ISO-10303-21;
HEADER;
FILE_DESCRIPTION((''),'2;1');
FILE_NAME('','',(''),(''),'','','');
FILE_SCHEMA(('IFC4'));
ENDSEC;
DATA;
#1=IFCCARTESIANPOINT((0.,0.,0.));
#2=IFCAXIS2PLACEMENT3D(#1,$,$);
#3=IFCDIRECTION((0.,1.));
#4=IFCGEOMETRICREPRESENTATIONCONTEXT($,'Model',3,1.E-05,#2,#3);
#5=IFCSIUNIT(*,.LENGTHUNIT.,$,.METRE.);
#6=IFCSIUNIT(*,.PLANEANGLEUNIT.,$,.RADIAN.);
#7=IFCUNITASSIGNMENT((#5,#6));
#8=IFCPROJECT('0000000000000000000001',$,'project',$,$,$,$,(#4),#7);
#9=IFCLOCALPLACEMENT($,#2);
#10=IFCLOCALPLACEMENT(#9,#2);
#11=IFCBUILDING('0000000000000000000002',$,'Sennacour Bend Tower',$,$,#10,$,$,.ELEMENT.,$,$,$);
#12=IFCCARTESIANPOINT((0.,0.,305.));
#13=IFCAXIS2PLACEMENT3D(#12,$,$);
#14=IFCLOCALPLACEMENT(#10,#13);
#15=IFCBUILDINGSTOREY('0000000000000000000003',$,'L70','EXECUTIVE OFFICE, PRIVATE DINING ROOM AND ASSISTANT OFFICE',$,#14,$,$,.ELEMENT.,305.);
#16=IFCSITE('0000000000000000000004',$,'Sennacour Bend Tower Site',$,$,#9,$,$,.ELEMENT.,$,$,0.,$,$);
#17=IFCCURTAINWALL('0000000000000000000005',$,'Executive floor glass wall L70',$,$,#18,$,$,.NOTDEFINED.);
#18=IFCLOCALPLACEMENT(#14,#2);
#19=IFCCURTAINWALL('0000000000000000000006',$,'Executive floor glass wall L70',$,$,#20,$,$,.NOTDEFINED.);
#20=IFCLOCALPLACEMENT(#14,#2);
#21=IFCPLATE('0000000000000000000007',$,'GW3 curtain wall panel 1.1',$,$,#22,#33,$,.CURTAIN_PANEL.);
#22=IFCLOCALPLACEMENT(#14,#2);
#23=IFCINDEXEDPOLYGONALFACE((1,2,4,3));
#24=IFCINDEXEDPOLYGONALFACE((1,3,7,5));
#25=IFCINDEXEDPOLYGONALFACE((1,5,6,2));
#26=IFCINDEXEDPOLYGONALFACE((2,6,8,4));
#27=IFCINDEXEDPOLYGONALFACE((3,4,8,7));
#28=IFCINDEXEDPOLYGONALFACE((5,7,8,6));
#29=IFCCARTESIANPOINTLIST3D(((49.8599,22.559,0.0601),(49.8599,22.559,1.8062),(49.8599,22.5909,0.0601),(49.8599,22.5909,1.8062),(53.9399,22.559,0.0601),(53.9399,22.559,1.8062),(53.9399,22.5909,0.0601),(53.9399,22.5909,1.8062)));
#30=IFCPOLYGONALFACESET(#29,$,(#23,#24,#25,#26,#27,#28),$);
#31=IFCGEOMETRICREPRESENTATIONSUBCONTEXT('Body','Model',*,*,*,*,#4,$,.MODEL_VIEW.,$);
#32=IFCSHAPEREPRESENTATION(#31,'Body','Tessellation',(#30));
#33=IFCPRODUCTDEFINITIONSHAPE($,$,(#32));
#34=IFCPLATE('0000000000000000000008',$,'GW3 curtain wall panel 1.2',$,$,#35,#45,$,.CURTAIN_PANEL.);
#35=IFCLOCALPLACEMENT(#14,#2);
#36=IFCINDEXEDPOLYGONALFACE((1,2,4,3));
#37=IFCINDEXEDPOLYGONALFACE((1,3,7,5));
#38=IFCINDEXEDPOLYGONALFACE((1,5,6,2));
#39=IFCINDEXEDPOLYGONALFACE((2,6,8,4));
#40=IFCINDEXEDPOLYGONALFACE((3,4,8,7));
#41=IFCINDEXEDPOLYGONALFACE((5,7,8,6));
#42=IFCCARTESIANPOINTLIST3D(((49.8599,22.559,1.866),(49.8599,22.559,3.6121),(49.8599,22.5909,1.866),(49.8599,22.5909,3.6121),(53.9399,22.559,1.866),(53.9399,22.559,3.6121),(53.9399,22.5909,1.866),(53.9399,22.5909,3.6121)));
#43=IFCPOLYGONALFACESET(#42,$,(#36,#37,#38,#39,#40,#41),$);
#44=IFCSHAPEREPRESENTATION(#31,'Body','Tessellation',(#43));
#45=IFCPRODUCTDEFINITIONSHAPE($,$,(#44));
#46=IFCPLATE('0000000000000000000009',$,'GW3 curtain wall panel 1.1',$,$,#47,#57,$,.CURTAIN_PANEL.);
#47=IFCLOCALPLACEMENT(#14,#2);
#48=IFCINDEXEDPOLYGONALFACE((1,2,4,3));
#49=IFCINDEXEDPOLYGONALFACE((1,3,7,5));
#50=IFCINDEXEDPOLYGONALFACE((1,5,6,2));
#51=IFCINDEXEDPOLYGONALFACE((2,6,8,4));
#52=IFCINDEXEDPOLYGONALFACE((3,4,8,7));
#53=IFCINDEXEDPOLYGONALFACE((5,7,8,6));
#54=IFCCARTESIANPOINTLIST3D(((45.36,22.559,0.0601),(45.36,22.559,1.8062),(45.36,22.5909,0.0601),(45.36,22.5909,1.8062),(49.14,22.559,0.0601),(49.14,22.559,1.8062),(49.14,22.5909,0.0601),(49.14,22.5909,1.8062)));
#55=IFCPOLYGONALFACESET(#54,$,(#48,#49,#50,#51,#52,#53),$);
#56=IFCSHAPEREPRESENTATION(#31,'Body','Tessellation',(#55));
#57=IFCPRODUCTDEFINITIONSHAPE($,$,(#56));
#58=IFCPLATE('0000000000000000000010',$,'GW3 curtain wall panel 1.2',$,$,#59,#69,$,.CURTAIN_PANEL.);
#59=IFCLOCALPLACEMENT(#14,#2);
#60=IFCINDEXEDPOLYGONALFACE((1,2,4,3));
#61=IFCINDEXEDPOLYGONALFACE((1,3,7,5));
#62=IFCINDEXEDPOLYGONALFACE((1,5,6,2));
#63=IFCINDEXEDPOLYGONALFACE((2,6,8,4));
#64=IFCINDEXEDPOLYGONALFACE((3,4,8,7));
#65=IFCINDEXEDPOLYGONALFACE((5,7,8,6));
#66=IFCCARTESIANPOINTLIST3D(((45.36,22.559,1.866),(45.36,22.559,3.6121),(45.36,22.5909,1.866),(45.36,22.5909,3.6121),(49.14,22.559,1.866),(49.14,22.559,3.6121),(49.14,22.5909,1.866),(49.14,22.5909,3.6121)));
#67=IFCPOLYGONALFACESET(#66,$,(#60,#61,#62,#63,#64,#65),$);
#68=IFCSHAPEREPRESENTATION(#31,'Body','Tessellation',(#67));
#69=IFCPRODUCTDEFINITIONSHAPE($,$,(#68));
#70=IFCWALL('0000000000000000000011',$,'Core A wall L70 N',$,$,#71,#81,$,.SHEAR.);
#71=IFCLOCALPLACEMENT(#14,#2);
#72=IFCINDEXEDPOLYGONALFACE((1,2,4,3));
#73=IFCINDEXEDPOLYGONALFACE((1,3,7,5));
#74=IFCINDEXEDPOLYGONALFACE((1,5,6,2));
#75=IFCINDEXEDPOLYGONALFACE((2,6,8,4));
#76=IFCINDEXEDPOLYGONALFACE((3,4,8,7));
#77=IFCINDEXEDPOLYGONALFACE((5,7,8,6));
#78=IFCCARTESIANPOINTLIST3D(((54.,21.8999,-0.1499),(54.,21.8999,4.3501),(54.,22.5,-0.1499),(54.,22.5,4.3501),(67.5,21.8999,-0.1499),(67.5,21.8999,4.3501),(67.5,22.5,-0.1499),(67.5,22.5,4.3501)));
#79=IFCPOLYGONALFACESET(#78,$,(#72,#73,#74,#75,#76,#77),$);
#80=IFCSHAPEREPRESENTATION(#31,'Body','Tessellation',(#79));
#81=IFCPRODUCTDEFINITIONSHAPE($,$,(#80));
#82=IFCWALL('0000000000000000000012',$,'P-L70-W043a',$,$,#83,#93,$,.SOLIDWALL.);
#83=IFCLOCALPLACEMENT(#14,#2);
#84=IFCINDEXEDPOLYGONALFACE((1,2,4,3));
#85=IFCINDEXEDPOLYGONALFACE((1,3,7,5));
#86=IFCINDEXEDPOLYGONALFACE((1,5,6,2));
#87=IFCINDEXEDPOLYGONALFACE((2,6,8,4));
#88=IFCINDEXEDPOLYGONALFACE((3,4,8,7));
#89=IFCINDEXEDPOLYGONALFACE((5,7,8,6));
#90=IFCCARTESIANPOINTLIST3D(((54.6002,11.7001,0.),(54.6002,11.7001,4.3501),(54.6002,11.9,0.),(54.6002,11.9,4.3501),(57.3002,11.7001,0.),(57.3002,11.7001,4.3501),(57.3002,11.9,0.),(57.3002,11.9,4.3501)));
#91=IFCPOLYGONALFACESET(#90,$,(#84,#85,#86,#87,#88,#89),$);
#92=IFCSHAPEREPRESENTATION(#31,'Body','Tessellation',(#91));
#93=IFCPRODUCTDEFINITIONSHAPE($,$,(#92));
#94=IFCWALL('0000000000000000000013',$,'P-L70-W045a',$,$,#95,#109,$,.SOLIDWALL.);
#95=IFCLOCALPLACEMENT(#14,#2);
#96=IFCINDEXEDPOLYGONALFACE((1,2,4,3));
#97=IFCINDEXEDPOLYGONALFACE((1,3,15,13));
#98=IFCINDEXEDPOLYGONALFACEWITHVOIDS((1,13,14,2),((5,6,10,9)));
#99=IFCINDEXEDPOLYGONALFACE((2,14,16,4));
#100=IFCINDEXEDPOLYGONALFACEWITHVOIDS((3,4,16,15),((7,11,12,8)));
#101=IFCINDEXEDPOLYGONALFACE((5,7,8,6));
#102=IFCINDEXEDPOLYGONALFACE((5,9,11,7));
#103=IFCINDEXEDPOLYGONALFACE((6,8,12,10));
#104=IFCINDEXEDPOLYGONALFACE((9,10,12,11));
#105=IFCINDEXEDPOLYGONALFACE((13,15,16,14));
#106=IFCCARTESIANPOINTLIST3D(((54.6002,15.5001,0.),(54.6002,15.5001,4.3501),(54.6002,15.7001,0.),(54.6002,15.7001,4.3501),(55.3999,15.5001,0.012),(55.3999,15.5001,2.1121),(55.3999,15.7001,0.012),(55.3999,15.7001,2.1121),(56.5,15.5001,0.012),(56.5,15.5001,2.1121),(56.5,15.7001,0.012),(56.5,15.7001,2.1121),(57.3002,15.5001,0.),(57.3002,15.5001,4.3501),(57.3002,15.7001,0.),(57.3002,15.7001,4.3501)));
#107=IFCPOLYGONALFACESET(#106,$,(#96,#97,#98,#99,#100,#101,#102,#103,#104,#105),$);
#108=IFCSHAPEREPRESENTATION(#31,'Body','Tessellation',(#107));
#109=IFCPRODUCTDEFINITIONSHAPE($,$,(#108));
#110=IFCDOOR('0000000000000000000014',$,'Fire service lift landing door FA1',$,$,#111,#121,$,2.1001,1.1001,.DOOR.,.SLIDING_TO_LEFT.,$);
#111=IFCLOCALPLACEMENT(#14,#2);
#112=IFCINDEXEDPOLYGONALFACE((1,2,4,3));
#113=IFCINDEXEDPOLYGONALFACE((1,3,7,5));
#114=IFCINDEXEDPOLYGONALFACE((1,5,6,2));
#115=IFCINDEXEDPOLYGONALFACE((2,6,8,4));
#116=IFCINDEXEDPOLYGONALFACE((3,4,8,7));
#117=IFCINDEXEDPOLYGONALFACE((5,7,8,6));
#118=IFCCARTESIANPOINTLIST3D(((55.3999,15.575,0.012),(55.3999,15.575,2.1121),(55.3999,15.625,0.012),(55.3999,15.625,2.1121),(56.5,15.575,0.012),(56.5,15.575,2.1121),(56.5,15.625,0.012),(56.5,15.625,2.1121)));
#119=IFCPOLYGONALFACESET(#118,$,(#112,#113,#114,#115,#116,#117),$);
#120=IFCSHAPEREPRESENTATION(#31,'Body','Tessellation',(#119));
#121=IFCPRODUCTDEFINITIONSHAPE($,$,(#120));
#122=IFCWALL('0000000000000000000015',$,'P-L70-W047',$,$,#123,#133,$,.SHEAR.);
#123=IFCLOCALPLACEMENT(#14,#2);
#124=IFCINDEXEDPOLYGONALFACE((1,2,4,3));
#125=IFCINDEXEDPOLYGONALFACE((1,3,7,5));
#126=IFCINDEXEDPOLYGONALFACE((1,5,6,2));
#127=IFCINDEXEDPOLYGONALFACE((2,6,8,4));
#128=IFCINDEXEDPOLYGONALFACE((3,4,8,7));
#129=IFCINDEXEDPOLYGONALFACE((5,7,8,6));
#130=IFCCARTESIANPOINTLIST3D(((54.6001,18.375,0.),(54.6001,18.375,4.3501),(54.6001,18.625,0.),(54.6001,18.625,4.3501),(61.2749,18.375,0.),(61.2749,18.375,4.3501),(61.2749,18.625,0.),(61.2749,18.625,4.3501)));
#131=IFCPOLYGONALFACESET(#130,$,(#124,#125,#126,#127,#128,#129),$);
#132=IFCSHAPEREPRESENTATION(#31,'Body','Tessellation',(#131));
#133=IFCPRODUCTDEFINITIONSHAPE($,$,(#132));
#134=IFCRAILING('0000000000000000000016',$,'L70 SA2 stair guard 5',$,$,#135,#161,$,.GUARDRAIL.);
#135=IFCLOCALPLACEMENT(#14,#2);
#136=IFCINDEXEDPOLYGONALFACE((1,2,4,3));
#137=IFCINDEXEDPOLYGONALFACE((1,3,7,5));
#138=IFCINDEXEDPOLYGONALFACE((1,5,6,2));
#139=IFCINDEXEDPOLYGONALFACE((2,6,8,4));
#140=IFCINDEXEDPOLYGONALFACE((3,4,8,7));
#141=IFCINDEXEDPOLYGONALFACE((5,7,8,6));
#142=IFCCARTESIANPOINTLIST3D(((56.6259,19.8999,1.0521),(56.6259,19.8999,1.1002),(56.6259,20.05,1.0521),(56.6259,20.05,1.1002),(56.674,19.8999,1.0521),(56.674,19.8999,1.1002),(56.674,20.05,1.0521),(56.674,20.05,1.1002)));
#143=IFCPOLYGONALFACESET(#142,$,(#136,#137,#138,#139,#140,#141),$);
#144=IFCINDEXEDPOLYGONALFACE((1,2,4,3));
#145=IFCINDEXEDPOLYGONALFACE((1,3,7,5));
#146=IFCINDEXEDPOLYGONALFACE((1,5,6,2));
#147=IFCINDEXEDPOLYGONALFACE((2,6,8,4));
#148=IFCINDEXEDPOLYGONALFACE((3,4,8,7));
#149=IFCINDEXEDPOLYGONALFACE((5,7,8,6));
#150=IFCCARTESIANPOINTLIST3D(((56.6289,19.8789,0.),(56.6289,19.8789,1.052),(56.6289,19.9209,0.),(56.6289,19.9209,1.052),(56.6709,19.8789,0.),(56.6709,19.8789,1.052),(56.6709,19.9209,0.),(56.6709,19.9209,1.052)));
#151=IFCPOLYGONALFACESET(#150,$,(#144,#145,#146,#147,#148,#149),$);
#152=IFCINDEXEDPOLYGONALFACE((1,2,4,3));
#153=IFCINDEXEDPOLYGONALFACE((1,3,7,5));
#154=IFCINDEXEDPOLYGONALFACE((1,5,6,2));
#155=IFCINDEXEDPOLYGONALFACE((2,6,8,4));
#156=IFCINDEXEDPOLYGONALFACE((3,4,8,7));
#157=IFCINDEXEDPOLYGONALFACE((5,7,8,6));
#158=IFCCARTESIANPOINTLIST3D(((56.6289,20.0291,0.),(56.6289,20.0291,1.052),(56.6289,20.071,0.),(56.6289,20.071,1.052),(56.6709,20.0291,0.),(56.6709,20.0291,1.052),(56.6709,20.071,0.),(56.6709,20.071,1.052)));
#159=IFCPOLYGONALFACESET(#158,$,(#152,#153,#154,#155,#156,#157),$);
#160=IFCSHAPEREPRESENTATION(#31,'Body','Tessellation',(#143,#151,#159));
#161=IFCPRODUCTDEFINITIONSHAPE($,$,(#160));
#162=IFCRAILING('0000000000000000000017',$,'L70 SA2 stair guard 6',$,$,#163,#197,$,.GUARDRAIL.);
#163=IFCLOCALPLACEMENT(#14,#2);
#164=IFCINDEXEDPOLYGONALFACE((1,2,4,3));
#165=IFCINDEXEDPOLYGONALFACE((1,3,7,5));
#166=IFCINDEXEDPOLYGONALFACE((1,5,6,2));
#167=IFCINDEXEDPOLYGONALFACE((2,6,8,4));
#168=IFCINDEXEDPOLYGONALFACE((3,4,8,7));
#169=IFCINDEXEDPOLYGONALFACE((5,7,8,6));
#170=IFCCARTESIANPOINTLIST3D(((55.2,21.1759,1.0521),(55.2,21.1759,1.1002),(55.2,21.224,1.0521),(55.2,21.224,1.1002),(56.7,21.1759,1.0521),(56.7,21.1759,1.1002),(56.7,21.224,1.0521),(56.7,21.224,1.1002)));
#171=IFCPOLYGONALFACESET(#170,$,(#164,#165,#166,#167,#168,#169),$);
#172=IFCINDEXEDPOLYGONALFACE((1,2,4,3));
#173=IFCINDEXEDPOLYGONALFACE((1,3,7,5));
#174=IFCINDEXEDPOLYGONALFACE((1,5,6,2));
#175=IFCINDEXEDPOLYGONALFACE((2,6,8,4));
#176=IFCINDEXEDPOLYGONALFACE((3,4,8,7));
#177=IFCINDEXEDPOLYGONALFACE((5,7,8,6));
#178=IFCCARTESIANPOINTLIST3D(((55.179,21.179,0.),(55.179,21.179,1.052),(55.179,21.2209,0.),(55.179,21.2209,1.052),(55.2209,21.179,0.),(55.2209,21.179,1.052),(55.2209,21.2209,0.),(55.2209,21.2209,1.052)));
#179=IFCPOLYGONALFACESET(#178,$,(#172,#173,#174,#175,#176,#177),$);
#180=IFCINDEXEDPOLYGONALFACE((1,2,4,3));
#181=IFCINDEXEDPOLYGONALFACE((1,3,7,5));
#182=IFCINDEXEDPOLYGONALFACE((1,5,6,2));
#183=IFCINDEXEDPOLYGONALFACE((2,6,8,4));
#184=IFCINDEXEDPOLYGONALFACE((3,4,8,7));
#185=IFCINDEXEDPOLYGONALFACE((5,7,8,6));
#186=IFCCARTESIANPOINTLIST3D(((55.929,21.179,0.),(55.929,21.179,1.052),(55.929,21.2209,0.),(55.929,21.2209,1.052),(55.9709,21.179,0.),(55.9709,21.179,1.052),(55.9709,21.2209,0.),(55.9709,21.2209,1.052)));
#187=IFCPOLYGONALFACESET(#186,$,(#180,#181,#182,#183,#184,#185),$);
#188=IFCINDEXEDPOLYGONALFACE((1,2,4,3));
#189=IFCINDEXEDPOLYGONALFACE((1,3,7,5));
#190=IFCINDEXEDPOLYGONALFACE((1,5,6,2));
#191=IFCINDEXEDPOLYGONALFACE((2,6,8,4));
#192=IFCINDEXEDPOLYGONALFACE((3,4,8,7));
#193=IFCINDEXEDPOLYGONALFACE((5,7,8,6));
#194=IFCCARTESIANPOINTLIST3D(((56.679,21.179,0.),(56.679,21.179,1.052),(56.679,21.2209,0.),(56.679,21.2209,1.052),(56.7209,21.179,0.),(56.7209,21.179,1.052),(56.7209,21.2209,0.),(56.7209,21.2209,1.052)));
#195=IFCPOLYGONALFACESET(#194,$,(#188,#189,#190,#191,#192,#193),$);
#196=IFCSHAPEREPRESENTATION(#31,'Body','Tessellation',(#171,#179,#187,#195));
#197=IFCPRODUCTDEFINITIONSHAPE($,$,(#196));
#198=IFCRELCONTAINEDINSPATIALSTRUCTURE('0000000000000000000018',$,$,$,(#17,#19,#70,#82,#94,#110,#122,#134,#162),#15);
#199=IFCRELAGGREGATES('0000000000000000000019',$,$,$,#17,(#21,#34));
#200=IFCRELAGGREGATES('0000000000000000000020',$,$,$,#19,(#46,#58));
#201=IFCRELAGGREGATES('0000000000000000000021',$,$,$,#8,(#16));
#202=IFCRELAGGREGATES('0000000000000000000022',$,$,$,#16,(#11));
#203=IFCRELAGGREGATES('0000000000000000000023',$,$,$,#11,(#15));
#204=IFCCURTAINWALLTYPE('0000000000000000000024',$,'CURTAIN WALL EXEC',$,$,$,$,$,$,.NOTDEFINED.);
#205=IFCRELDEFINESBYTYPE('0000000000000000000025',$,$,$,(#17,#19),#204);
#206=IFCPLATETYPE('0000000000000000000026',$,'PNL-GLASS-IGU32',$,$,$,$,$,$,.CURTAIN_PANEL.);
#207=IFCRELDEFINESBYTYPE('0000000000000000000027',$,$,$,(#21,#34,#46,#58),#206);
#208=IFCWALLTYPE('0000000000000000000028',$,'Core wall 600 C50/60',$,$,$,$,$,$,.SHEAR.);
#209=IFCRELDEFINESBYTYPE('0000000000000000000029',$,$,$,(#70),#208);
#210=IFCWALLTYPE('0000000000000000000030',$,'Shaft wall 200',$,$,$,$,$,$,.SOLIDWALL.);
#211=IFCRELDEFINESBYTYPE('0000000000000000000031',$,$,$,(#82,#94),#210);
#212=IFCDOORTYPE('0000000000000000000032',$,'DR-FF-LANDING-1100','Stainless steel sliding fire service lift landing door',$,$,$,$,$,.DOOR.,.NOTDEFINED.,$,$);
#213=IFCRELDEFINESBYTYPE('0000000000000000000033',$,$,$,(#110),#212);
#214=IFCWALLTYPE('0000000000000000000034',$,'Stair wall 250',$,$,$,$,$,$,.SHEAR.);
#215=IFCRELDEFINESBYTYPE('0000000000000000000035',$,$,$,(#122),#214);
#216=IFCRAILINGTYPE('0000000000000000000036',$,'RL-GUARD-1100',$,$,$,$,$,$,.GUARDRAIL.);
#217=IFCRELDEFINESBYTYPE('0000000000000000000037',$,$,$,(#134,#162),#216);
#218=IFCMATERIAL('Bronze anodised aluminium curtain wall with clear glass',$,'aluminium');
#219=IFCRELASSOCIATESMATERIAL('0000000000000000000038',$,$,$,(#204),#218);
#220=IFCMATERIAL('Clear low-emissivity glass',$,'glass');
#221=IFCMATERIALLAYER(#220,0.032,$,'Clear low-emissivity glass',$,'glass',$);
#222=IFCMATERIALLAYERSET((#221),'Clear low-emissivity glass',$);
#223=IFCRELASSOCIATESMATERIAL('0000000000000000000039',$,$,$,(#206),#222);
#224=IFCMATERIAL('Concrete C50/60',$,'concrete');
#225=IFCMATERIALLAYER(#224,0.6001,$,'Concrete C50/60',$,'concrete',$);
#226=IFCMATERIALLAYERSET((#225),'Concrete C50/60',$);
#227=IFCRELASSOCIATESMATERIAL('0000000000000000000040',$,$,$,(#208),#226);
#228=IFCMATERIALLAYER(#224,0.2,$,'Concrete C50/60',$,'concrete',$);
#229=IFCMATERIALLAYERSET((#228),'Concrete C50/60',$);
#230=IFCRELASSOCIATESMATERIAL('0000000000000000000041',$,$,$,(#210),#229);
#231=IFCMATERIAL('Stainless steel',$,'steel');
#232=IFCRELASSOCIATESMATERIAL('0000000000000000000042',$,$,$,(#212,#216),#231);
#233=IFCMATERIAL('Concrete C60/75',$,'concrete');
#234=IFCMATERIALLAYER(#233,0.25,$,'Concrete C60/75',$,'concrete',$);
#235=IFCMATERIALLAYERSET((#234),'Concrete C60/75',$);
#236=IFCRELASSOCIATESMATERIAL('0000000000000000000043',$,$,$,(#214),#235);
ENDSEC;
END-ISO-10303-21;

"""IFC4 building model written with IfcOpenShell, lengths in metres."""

from ifc_helpers import new_model, si_unit, direction, frame, frame_2d, origin, origin_2d, place, context, subcontext, project, spatial, rectangle, extrude, material, layer, layer_set, type_object, element, fill, aggregate, save


model = new_model("IFC4")

# Units and contexts
model_context = context("Model", 3, precision=1e-05, world=origin(), true_north=direction((0.0, 1.0)))
body_context = subcontext(model_context, "Body", "Model", "MODEL_VIEW")
ifc_project = project(units=[si_unit("LENGTHUNIT", "METRE"), si_unit("PLANEANGLEUNIT", "RADIAN")], contexts=[model_context])

# Site, building, storey
site_placement = place(None, origin())
site = spatial("IfcSite", under=ifc_project, at=site_placement, Name="Sennacour Bend Tower Site", CompositionType="ELEMENT", RefElevation=0.0)
building_placement = place(site_placement, origin())
building = spatial("IfcBuilding", under=site, at=building_placement, Name="Sennacour Bend Tower", CompositionType="ELEMENT")
storey_placement = place(building_placement, frame((0.0, 0.0, 305.0)))
storey = spatial("IfcBuildingStorey", under=building, at=storey_placement, Name="L70", Description="EXECUTIVE OFFICE, PRIVATE DINING ROOM AND ASSISTANT OFFICE", CompositionType="ELEMENT", Elevation=305.0)

# Curtain wall
ifc_material_1 = material(Name="Bronze anodised aluminium curtain wall with clear glass", Category="aluminium")
curtain_wall_type = type_object("IfcCurtainWallType", Name="CURTAIN WALL EXEC", PredefinedType="NOTDEFINED", material=ifc_material_1)
curtain_wall_1_placement = place(storey_placement, origin())
curtain_wall_1 = element("IfcCurtainWall", 1, at=curtain_wall_1_placement, inside=storey, type_object=curtain_wall_type, Name="Executive floor glass wall L70", PredefinedType="NOTDEFINED")

# Curtain wall
curtain_wall_2_placement = place(storey_placement, origin())
curtain_wall_2 = element("IfcCurtainWall", 2, at=curtain_wall_2_placement, inside=storey, type_object=curtain_wall_type, Name="Executive floor glass wall L70", PredefinedType="NOTDEFINED")

# Plates
ifc_material_2 = material(Name="Clear low-emissivity glass", Category="glass")
ifc_layer_1 = layer(ifc_material_2, 0.032, Name="Clear low-emissivity glass", Category="glass")
ifc_layer_set_1 = layer_set([ifc_layer_1], Name="Clear low-emissivity glass")
plate_type = type_object("IfcPlateType", Name="PNL-GLASS-IGU32", PredefinedType="CURTAIN_PANEL", material=ifc_layer_set_1)
plate_1_placement = place(storey_placement, frame((51.8999, 22.575, 0.0601), z_axis=(0.0, 0.0, 1.0), x_axis=(-1.0, 0.0, 0.0)))
plate_1 = element("IfcPlate", 3, at=plate_1_placement, type_object=plate_type, Name="GW3 curtain wall panel 1.1", PredefinedType="CURTAIN_PANEL", context=body_context, shape_type="SweptSolid", body=[
    extrude(rectangle(XDim=4.0801, YDim=0.032, at=origin_2d()), origin(), (0.0, 0.0, 1.0), 1.7461),
])
plate_2_placement = place(storey_placement, frame((51.8999, 22.575, 1.866), z_axis=(0.0, 0.0, 1.0), x_axis=(-1.0, 0.0, 0.0)))
plate_2 = element("IfcPlate", 4, at=plate_2_placement, type_object=plate_type, Name="GW3 curtain wall panel 1.2", PredefinedType="CURTAIN_PANEL", context=body_context, shape_type="SweptSolid", body=[
    extrude(rectangle(XDim=4.0801, YDim=0.032, at=origin_2d()), origin(), (0.0, 0.0, 1.0), 1.7461),
])
aggregate(curtain_wall_1, [plate_1, plate_2])
plate_3_placement = place(storey_placement, frame((47.25, 22.575, 0.0601), z_axis=(0.0, 0.0, 1.0), x_axis=(-1.0, 0.0, 0.0)))
plate_3 = element("IfcPlate", 5, at=plate_3_placement, type_object=plate_type, Name="GW3 curtain wall panel 1.1", PredefinedType="CURTAIN_PANEL", context=body_context, shape_type="SweptSolid", body=[
    extrude(rectangle(XDim=3.78, YDim=0.032, at=origin_2d()), origin(), (0.0, 0.0, 1.0), 1.7461),
])
plate_4_placement = place(storey_placement, frame((47.25, 22.575, 1.866), z_axis=(0.0, 0.0, 1.0), x_axis=(-1.0, 0.0, 0.0)))
plate_4 = element("IfcPlate", 6, at=plate_4_placement, type_object=plate_type, Name="GW3 curtain wall panel 1.2", PredefinedType="CURTAIN_PANEL", context=body_context, shape_type="SweptSolid", body=[
    extrude(rectangle(XDim=3.78, YDim=0.032, at=origin_2d()), origin(), (0.0, 0.0, 1.0), 1.7461),
])
aggregate(curtain_wall_2, [plate_3, plate_4])

# Walls
ifc_material_3 = material(Name="Concrete C50/60", Category="concrete")
ifc_layer_2 = layer(ifc_material_3, 0.6001, Name="Concrete C50/60", Category="concrete")
ifc_layer_set_2 = layer_set([ifc_layer_2], Name="Concrete C50/60")
wall_type_1 = type_object("IfcWallType", Name="Core wall 600 C50/60", PredefinedType="SHEAR", material=ifc_layer_set_2)
wall_1_placement = place(storey_placement, frame((54.0, 22.2, -0.1499), z_axis=(0.0, 0.0, 1.0), x_axis=(1.0, 0.0, 0.0)))
element("IfcWall", 7, at=wall_1_placement, inside=storey, type_object=wall_type_1, Name="Core A wall L70 N", PredefinedType="SHEAR", context=body_context, shape_type="SweptSolid", body=[
    extrude(rectangle(XDim=13.5, YDim=0.6001, at=frame_2d((6.75, 0.0))), origin(), (0.0, 0.0, 1.0), 4.5),
])
ifc_layer_3 = layer(ifc_material_3, 0.2, Name="Concrete C50/60", Category="concrete")
ifc_layer_set_3 = layer_set([ifc_layer_3], Name="Concrete C50/60")
wall_type_2 = type_object("IfcWallType", Name="Shaft wall 200", PredefinedType="SOLIDWALL", material=ifc_layer_set_3)
wall_2_placement = place(storey_placement, frame((54.6001, 11.8, 0.0), z_axis=(0.0, 0.0, 1.0), x_axis=(1.0, 0.0, 0.0)))
element("IfcWall", 8, at=wall_2_placement, inside=storey, type_object=wall_type_2, Name="P-L70-W043a", PredefinedType="SOLIDWALL", context=body_context, shape_type="SweptSolid", body=[
    extrude(rectangle(XDim=2.7, YDim=0.2, at=frame_2d((1.3501, 0.0))), origin(), (0.0, 0.0, 1.0), 4.3501),
])

# Wall, opening, door
wall_3_placement = place(storey_placement, frame((54.6001, 15.6001, 0.0), z_axis=(0.0, 0.0, 1.0), x_axis=(1.0, 0.0, 0.0)))
wall_3 = element("IfcWall", 9, at=wall_3_placement, inside=storey, type_object=wall_type_2, Name="P-L70-W045a", PredefinedType="SOLIDWALL", context=body_context, shape_type="SweptSolid", body=[
    extrude(rectangle(XDim=2.7, YDim=0.2, at=frame_2d((1.3501, 0.0))), origin(), (0.0, 0.0, 1.0), 4.3501),
])
opening_placement = place(wall_3_placement, frame((0.7998, 0.0, 0.012)))
opening = element("IfcOpeningElement", 10, at=opening_placement, cuts=wall_3, PredefinedType="OPENING", context=body_context, shape_type="SweptSolid", body=[
    extrude(rectangle(XDim=1.1001, YDim=2.1001, at=frame_2d((0.55, 1.05))), frame((0.0, 0.1099, 0.0), z_axis=(0.0, -1.0, 0.0), x_axis=(1.0, 0.0, 0.0)), (0.0, 0.0, 1.0), 0.22),
])
ifc_material_4 = material(Name="Stainless steel", Category="steel")
door_type = type_object("IfcDoorType", Name="DR-FF-LANDING-1100", Description="Stainless steel sliding fire service lift landing door", OperationType="NOTDEFINED", PredefinedType="DOOR", material=ifc_material_4)
door_placement = place(opening_placement, origin())
door = element("IfcDoor", 11, at=door_placement, inside=storey, type_object=door_type, Name="Fire service lift landing door FA1", OperationType="SLIDING_TO_LEFT", OverallHeight=2.1001, OverallWidth=1.1001, PredefinedType="DOOR", context=body_context, shape_type="SweptSolid", body=[
    extrude(rectangle(XDim=1.1001, YDim=2.1001, at=frame_2d((0.55, 1.05))), frame((0.0, 0.0249, 0.0), z_axis=(0.0, -1.0, 0.0), x_axis=(1.0, 0.0, 0.0)), (0.0, 0.0, 1.0), 0.05),
])
fill(opening, door)

# Wall
ifc_material_5 = material(Name="Concrete C60/75", Category="concrete")
ifc_layer_4 = layer(ifc_material_5, 0.25, Name="Concrete C60/75", Category="concrete")
ifc_layer_set_4 = layer_set([ifc_layer_4], Name="Concrete C60/75")
wall_type_3 = type_object("IfcWallType", Name="Stair wall 250", PredefinedType="SHEAR", material=ifc_layer_set_4)
wall_4_placement = place(storey_placement, frame((54.6001, 18.5, 0.0), z_axis=(0.0, 0.0, 1.0), x_axis=(1.0, 0.0, 0.0)))
element("IfcWall", 12, at=wall_4_placement, inside=storey, type_object=wall_type_3, Name="P-L70-W047", PredefinedType="SHEAR", context=body_context, shape_type="SweptSolid", body=[
    extrude(rectangle(XDim=6.6748, YDim=0.25, at=frame_2d((3.3374, 0.0))), origin(), (0.0, 0.0, 1.0), 4.3501),
])

# Railings
railing_type_1 = type_object("IfcRailingType", Name="RL-GUARD-1100", PredefinedType="GUARDRAIL", material=ifc_material_4)
railing_1_placement = place(storey_placement, frame((56.6499, 19.8999, 0.0)))
element("IfcRailing", 13, at=railing_1_placement, inside=storey, type_object=railing_type_1, Name="L70 SA2 stair guard 5", PredefinedType="GUARDRAIL", context=body_context, shape_type="SweptSolid", body=[
    extrude(rectangle(XDim=0.0481, YDim=0.0481, at=origin_2d()), frame((0.0, 0.0, 1.0762), z_axis=(0.0, 1.0, 0.0), x_axis=(-1.0, 0.0, 0.0)), (0.0, 0.0, 1.0), 0.1501),
    extrude(rectangle(XDim=0.042, YDim=0.042, at=origin_2d()), origin(), (0.0, 0.0, 1.0), 1.052),
    extrude(rectangle(XDim=0.042, YDim=0.042, at=origin_2d()), frame((0.0, 0.1501, 0.0)), (0.0, 0.0, 1.0), 1.052),
])
railing_2_placement = place(storey_placement, frame((55.2, 21.2, 0.0)))
element("IfcRailing", 14, at=railing_2_placement, inside=storey, type_object=railing_type_1, Name="L70 SA2 stair guard 6", PredefinedType="GUARDRAIL", context=body_context, shape_type="SweptSolid", body=[
    extrude(rectangle(XDim=0.0481, YDim=0.0481, at=origin_2d()), frame((0.0, 0.0, 1.0762), z_axis=(1.0, 0.0, 0.0), x_axis=(0.0, 1.0, 0.0)), (0.0, 0.0, 1.0), 1.5),
    extrude(rectangle(XDim=0.042, YDim=0.042, at=origin_2d()), origin(), (0.0, 0.0, 1.0), 1.052),
    extrude(rectangle(XDim=0.042, YDim=0.042, at=origin_2d()), frame((0.75, 0.0, 0.0)), (0.0, 0.0, 1.0), 1.052),
    extrude(rectangle(XDim=0.042, YDim=0.042, at=origin_2d()), frame((1.5, 0.0, 0.0)), (0.0, 0.0, 1.0), 1.052),
])

save(model, "model.ifc")
